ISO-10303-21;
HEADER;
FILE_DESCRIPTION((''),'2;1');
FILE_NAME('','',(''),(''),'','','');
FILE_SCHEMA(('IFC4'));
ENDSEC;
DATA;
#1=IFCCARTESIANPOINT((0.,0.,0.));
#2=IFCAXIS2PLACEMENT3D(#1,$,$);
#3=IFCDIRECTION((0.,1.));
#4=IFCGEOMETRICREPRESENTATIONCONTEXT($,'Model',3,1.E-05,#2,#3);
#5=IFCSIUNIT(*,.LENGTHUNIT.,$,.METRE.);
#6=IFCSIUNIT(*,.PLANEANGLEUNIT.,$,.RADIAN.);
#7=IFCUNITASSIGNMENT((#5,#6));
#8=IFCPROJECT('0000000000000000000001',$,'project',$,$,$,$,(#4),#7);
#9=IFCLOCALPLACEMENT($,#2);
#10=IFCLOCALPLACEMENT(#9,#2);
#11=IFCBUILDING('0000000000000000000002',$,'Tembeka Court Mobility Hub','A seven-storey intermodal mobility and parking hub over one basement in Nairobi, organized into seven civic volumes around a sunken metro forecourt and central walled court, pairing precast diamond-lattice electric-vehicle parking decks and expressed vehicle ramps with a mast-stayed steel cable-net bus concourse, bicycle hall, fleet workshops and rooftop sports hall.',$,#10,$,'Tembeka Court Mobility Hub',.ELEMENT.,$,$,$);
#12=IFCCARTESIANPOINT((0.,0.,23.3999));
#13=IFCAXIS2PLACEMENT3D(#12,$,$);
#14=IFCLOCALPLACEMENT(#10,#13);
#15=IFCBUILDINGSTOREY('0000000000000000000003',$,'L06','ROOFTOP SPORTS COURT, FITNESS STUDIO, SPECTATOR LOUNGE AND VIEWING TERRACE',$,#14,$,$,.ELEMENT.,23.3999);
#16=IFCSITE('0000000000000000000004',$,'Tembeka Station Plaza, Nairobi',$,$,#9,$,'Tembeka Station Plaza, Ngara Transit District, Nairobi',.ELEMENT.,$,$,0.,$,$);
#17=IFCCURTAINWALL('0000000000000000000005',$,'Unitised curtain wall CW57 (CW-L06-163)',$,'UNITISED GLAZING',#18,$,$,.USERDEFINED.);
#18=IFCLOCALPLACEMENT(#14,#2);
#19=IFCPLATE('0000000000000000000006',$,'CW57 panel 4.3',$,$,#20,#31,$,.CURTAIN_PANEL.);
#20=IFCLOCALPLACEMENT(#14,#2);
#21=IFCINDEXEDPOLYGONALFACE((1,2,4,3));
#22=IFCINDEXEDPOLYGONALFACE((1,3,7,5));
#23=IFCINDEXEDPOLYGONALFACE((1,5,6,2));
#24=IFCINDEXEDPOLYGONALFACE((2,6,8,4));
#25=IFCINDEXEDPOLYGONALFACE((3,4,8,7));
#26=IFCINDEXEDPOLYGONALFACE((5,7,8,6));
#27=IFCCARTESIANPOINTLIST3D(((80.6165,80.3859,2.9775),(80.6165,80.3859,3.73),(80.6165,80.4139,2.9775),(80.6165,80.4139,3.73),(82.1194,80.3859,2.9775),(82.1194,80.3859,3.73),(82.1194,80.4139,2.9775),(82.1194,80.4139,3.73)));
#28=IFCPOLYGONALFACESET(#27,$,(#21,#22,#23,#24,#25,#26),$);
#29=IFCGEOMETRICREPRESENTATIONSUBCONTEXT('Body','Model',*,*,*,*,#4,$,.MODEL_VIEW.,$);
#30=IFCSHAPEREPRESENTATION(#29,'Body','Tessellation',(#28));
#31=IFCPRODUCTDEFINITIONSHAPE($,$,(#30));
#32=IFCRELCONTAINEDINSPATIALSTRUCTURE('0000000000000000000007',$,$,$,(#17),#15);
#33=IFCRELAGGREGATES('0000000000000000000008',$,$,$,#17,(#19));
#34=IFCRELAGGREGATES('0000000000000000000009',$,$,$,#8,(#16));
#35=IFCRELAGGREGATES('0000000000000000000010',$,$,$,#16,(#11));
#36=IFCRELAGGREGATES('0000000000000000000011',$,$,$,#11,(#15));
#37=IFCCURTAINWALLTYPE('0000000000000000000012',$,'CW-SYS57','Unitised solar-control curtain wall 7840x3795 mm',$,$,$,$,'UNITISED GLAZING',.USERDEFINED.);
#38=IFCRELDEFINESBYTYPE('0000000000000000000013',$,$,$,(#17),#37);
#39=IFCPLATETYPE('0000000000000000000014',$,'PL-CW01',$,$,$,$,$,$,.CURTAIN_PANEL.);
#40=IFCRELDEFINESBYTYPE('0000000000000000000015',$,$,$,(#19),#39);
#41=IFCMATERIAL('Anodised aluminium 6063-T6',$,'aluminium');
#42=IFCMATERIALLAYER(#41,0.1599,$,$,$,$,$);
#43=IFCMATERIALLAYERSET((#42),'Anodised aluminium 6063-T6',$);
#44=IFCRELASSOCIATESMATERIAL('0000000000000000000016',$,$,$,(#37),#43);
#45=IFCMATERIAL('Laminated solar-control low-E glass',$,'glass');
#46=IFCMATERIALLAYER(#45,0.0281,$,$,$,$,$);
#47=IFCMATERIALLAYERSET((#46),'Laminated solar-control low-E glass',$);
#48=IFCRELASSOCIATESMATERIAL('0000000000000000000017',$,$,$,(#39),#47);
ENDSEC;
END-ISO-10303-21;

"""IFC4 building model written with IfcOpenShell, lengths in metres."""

from ifc_helpers import new_model, si_unit, direction, frame, origin, origin_2d, place, context, subcontext, project, spatial, rectangle, extrude, material, layer, layer_set, type_object, element, aggregate, save


model = new_model("IFC4")

# Units and contexts
model_context = context("Model", 3, precision=1e-05, world=origin(), true_north=direction((0.0, 1.0)))
body_context = subcontext(model_context, "Body", "Model", "MODEL_VIEW")
ifc_project = project(units=[si_unit("LENGTHUNIT", "METRE"), si_unit("PLANEANGLEUNIT", "RADIAN")], contexts=[model_context])

# Site, building, storey
site_placement = place(None, origin())
site = spatial("IfcSite", under=ifc_project, at=site_placement, Name="Tembeka Station Plaza, Nairobi", LongName="Tembeka Station Plaza, Ngara Transit District, Nairobi", CompositionType="ELEMENT", RefElevation=0.0)
building_placement = place(site_placement, origin())
building = spatial("IfcBuilding", under=site, at=building_placement, Name="Tembeka Court Mobility Hub", Description="A seven-storey intermodal mobility and parking hub over one basement in Nairobi, organized into seven civic volumes around a sunken metro forecourt and central walled court, pairing precast diamond-lattice electric-vehicle parking decks and expressed vehicle ramps with a mast-stayed steel cable-net bus concourse, bicycle hall, fleet workshops and rooftop sports hall.", LongName="Tembeka Court Mobility Hub", CompositionType="ELEMENT")
storey_placement = place(building_placement, frame((0.0, 0.0, 23.3999)))
storey = spatial("IfcBuildingStorey", under=building, at=storey_placement, Name="L06", Description="ROOFTOP SPORTS COURT, FITNESS STUDIO, SPECTATOR LOUNGE AND VIEWING TERRACE", CompositionType="ELEMENT", Elevation=23.3999)

# Shared definitions
ifc_material_1 = material(Name="Anodised aluminium 6063-T6", Category="aluminium")
ifc_layer_1 = layer(ifc_material_1, 0.1599)
ifc_layer_set_1 = layer_set([ifc_layer_1], Name="Anodised aluminium 6063-T6")
curtain_wall_type = type_object("IfcCurtainWallType", Name="CW-SYS57", Description="Unitised solar-control curtain wall 7840x3795 mm", ElementType="UNITISED GLAZING", PredefinedType="USERDEFINED", material=ifc_layer_set_1)

# Curtain wall, plate
curtain_wall_1_placement = place(storey_placement, origin())
curtain_wall_1 = element("IfcCurtainWall", 1, at=curtain_wall_1_placement, inside=storey, type_object=curtain_wall_type, Name="Unitised curtain wall CW57 (CW-L06-163)", ObjectType="UNITISED GLAZING", PredefinedType="USERDEFINED")
ifc_material_2 = material(Name="Laminated solar-control low-E glass", Category="glass")
ifc_layer_2 = layer(ifc_material_2, 0.0281)
ifc_layer_set_2 = layer_set([ifc_layer_2], Name="Laminated solar-control low-E glass")
plate_type = type_object("IfcPlateType", Name="PL-CW01", PredefinedType="CURTAIN_PANEL", material=ifc_layer_set_2)
plate_1_placement = place(storey_placement, frame((81.3679, 80.3999, 2.9775), z_axis=(0.0, 0.0, 1.0), x_axis=(1.0, 0.0, 0.0)))
plate_1 = element("IfcPlate", 2, at=plate_1_placement, type_object=plate_type, Name="CW57 panel 4.3", PredefinedType="CURTAIN_PANEL", context=body_context, shape_type="SweptSolid", body=[
    extrude(rectangle(XDim=1.5029, YDim=0.0281, at=origin_2d()), origin(), (0.0, 0.0, 1.0), 0.7524),
])
aggregate(curtain_wall_1, [plate_1])

save(model, "model.ifc")
